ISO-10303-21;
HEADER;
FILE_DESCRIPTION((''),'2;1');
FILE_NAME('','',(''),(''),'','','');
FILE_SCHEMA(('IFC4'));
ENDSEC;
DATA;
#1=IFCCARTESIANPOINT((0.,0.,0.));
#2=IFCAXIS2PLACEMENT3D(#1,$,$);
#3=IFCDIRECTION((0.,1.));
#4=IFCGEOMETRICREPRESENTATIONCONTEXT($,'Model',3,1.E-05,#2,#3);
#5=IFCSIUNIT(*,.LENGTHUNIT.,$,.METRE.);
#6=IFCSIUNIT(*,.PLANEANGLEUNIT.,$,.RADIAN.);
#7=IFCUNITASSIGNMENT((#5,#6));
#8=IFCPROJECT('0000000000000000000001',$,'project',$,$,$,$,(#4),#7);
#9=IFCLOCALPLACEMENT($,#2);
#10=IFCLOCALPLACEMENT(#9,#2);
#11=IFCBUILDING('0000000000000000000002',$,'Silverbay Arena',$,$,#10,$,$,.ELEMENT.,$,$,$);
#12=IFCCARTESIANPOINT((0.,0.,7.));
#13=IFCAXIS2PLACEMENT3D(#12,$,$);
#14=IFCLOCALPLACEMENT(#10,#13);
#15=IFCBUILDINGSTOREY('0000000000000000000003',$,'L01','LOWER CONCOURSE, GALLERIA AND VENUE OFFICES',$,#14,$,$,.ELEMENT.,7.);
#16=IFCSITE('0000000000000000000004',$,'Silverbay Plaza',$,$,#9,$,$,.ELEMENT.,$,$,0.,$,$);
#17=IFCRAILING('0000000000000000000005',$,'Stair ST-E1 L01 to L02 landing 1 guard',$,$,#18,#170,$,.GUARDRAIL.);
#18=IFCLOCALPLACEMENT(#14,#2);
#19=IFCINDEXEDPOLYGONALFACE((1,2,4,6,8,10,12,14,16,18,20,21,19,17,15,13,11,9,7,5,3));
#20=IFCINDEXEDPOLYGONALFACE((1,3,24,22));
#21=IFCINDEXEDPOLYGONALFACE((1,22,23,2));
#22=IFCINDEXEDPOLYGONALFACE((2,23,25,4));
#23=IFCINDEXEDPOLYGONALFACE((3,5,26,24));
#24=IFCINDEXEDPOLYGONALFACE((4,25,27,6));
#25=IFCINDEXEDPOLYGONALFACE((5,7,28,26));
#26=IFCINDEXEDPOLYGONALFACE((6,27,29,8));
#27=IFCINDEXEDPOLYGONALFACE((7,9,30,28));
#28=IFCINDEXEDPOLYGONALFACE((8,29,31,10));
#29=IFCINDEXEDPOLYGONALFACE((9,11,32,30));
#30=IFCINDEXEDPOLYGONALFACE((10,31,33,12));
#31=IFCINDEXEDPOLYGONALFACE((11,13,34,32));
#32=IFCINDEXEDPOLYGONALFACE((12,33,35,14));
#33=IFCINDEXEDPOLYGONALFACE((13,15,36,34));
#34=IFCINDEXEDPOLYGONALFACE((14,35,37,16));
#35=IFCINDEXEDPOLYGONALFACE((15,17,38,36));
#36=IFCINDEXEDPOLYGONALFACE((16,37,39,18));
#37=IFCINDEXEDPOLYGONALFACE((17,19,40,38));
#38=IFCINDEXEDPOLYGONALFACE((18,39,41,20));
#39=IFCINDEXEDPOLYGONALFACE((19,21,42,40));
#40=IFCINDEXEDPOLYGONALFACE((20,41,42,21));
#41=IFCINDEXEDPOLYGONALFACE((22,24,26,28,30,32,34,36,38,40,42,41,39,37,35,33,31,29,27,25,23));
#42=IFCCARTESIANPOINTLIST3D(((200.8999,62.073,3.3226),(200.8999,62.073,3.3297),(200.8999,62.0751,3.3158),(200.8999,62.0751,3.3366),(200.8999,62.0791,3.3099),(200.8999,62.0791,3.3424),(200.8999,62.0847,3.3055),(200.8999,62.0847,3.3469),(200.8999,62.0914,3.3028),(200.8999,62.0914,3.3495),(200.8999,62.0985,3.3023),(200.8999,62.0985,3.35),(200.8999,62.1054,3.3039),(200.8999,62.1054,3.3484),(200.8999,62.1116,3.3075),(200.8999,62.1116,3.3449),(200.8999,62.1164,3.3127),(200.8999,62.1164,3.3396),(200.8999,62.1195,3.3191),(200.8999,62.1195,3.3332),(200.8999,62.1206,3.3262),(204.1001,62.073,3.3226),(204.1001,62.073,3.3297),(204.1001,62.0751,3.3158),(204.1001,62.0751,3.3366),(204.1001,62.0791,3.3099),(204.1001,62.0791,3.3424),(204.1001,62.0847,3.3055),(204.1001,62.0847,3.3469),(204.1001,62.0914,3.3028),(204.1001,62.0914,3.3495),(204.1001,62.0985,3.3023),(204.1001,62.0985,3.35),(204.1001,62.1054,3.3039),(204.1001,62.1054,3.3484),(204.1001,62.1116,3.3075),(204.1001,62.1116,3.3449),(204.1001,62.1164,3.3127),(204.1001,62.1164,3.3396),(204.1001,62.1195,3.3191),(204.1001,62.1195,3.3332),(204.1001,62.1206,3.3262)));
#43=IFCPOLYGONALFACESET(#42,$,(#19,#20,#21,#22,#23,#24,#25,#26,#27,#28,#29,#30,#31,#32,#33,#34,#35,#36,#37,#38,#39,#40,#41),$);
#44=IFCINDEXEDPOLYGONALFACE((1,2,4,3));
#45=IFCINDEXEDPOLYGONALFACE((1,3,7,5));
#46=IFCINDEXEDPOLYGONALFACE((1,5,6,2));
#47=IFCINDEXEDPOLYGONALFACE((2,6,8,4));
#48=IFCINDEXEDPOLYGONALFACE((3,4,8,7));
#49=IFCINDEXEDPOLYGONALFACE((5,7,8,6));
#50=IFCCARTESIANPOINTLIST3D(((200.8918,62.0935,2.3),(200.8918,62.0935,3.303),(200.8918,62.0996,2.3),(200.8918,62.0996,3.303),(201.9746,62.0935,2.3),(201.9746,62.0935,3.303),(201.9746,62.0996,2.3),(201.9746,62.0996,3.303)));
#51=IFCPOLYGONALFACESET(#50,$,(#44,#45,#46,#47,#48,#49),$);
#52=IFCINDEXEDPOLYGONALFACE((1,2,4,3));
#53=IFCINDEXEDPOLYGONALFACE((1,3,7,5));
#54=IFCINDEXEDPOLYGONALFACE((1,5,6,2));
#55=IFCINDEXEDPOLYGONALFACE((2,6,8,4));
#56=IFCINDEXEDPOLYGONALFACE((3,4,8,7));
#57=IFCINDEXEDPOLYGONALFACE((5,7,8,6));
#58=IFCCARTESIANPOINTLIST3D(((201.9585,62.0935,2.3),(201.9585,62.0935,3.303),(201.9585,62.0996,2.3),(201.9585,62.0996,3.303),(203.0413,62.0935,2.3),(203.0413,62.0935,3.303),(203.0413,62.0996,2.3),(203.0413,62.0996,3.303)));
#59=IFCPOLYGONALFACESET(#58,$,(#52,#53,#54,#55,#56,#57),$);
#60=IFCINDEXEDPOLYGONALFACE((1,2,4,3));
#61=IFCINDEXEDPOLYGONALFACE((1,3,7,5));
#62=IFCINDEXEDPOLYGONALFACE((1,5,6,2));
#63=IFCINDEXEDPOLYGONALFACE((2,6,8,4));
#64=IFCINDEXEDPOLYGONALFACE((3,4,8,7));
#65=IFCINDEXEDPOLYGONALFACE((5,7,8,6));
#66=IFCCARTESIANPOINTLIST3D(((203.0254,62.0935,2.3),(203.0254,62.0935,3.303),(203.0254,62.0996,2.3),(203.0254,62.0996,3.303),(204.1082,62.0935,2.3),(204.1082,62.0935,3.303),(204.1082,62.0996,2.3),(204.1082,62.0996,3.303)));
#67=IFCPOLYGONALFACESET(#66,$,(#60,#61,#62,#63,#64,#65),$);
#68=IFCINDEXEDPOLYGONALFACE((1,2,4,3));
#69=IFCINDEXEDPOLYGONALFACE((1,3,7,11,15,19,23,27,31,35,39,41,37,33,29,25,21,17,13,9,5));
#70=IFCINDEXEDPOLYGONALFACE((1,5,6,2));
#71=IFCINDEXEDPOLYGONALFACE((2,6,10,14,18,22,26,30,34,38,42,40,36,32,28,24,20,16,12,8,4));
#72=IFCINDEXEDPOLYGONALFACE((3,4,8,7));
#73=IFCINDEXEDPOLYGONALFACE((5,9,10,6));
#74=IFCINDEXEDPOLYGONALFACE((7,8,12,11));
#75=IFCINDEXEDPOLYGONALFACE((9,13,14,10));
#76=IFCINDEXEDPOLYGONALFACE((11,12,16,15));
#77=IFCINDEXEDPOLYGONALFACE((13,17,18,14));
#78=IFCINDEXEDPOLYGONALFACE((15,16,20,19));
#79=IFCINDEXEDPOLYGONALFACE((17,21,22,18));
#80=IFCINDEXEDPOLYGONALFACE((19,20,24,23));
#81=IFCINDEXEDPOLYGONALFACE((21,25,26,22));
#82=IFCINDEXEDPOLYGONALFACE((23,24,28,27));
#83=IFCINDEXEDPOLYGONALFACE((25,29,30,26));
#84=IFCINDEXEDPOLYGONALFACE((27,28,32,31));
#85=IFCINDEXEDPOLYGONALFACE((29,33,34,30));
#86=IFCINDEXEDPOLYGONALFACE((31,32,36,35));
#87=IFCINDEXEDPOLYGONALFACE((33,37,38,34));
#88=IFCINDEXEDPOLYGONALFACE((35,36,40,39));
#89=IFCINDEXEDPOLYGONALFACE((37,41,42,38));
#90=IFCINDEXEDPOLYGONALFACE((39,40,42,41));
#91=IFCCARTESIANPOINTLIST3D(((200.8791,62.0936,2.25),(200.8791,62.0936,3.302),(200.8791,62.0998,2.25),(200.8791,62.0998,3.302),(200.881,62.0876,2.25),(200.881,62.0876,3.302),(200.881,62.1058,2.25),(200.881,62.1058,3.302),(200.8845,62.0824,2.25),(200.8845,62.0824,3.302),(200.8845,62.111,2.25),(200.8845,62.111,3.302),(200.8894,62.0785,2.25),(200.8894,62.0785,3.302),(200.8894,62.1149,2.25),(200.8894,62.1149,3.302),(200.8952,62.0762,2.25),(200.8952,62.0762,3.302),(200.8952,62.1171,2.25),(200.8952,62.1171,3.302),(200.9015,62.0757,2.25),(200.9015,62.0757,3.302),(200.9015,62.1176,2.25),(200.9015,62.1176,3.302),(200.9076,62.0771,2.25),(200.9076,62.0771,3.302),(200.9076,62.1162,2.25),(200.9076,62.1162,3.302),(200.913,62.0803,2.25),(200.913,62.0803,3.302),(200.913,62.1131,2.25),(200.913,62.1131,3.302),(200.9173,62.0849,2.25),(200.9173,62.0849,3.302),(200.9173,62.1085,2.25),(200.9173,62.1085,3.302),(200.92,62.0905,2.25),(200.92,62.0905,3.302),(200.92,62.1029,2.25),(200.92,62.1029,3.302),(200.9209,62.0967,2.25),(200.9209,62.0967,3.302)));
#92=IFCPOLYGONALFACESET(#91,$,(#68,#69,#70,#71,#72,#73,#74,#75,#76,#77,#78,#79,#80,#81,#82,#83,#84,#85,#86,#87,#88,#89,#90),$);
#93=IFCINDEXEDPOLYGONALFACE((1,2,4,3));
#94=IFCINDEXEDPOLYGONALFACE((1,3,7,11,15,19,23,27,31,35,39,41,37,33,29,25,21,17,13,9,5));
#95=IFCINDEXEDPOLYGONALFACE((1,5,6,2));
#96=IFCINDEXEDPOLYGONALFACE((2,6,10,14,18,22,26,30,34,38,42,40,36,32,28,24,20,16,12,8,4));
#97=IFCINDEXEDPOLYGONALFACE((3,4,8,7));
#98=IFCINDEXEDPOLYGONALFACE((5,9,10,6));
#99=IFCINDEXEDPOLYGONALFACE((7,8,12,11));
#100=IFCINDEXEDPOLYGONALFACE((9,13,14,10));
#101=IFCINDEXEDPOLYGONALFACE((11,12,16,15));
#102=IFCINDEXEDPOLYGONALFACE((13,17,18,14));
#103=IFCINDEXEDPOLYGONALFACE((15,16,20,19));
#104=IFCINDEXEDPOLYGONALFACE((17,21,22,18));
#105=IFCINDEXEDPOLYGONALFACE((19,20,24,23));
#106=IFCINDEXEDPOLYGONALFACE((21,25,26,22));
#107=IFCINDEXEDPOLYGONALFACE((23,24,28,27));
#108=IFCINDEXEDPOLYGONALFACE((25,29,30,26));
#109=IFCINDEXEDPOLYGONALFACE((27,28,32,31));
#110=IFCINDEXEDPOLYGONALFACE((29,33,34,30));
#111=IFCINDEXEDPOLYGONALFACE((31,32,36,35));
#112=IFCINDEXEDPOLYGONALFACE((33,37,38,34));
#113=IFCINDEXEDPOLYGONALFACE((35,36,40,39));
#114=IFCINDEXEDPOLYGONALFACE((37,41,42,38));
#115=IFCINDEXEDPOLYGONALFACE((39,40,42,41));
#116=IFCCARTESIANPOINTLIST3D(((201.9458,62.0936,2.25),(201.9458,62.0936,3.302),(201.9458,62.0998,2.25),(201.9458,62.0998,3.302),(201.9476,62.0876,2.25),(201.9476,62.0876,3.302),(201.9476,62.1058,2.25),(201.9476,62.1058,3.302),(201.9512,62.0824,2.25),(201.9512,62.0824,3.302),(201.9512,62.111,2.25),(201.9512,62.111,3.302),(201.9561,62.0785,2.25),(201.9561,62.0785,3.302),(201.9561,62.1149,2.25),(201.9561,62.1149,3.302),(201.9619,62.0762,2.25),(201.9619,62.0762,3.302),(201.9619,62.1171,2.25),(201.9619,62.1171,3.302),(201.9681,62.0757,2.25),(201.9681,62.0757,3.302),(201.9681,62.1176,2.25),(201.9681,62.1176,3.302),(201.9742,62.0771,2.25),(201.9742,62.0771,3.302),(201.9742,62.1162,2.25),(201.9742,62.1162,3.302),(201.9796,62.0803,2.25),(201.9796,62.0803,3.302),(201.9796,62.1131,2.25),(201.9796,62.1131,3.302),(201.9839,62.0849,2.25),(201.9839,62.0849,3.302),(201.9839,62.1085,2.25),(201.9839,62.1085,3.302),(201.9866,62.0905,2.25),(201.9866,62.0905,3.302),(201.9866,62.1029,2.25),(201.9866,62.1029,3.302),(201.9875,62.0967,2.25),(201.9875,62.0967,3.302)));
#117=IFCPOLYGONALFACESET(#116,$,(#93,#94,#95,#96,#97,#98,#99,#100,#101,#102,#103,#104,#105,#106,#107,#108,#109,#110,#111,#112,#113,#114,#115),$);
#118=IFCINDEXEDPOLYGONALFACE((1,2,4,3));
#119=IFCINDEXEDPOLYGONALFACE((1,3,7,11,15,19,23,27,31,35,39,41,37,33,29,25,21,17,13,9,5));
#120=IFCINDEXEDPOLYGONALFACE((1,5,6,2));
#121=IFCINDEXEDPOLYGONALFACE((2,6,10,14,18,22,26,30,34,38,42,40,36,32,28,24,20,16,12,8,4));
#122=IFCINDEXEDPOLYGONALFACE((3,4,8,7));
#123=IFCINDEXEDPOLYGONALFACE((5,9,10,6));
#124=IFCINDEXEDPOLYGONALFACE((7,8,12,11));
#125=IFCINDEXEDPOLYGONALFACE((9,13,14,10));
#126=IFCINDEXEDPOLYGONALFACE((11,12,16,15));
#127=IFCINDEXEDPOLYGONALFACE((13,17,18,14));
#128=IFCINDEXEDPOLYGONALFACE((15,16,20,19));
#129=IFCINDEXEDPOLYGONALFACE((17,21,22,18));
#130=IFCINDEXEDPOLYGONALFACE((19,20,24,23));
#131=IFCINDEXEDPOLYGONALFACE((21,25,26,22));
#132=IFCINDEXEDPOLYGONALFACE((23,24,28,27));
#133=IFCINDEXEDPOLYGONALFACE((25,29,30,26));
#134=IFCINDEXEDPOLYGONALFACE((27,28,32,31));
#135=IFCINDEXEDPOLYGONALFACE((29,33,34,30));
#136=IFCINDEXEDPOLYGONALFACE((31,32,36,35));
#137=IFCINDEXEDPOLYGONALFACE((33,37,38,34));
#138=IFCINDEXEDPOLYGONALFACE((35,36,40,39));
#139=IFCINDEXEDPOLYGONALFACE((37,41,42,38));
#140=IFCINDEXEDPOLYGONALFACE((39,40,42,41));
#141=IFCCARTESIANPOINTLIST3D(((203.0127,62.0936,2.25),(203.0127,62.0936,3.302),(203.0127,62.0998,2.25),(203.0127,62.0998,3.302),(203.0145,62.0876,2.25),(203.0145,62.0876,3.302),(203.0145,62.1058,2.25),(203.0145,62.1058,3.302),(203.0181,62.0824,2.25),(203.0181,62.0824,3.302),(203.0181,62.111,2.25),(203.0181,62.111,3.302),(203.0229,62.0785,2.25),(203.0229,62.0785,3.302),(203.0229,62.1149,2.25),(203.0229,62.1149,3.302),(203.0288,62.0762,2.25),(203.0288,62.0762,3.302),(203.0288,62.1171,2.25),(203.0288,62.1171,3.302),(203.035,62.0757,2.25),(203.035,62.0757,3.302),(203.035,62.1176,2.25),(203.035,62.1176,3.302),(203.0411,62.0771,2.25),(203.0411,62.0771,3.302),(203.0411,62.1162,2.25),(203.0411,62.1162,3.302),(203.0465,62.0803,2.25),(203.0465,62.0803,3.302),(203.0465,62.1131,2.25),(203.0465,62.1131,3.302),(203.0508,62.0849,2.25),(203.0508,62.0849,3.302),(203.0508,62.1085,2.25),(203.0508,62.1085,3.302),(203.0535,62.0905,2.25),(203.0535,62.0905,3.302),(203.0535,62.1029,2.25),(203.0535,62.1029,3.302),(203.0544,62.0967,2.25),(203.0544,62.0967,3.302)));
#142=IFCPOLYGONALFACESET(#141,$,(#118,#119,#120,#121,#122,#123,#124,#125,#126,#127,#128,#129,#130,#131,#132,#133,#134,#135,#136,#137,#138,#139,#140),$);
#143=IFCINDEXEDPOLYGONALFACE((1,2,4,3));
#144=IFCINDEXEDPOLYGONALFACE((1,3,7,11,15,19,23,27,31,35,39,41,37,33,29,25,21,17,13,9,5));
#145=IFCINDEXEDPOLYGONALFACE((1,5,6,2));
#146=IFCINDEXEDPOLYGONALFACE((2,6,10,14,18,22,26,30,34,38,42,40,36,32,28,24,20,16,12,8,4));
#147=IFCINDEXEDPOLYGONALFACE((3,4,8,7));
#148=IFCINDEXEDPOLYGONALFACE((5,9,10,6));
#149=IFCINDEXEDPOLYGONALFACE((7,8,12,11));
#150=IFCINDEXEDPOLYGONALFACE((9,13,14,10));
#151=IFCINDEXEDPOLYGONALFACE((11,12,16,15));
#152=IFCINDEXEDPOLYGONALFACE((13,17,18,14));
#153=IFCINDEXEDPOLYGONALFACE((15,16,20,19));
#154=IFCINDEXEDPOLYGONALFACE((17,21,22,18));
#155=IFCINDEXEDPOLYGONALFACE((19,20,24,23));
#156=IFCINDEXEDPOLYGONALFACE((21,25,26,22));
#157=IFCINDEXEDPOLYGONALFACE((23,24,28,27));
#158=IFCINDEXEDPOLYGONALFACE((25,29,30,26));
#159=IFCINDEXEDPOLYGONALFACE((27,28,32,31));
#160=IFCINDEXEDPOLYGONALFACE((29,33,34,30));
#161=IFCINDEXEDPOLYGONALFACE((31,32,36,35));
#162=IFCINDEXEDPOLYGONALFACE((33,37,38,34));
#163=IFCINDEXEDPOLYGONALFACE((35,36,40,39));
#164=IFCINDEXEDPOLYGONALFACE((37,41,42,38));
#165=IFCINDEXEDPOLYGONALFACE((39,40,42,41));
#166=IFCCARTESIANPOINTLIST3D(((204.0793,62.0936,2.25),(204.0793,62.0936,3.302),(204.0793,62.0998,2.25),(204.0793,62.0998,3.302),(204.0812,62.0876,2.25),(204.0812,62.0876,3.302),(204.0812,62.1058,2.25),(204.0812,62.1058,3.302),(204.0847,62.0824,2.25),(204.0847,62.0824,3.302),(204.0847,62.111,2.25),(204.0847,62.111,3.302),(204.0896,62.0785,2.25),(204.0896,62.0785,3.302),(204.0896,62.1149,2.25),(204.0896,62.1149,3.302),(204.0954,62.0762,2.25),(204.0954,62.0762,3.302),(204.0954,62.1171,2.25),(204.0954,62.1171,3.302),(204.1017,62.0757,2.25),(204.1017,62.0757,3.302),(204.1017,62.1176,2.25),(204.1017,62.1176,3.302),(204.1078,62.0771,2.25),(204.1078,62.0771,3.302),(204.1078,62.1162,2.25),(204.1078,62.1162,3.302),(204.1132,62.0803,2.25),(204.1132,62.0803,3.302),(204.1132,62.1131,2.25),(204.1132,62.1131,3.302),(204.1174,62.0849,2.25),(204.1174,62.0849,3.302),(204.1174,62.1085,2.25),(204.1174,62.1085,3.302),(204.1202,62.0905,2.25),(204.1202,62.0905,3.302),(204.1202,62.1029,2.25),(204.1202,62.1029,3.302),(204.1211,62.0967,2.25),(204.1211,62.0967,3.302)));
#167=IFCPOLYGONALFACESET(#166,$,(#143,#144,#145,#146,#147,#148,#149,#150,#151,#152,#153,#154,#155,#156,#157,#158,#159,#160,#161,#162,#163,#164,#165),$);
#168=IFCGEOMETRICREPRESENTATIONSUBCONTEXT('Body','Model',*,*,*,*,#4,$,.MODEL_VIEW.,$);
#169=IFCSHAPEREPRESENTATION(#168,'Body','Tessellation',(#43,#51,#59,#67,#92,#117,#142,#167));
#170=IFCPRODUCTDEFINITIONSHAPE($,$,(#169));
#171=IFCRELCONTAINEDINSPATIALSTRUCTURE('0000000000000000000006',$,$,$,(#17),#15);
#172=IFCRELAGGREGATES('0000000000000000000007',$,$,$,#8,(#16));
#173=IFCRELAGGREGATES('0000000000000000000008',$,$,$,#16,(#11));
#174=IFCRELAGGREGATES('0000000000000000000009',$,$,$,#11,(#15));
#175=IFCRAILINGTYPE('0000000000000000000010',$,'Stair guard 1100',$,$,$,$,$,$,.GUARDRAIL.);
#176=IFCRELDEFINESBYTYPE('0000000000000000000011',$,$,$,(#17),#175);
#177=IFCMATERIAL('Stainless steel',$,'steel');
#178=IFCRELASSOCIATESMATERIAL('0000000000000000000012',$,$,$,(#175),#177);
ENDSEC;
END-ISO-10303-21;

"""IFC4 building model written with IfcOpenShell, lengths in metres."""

from ifc_helpers import new_model, si_unit, direction, frame, origin, origin_2d, place, context, subcontext, project, spatial, polyline, circle, outline, extrude, material, type_object, element, save


model = new_model("IFC4")

# Units and contexts
model_context = context("Model", 3, precision=1e-05, world=origin(), true_north=direction((0.0, 1.0)))
body_context = subcontext(model_context, "Body", "Model", "MODEL_VIEW")
ifc_project = project(units=[si_unit("LENGTHUNIT", "METRE"), si_unit("PLANEANGLEUNIT", "RADIAN")], contexts=[model_context])

# Site, building, storey
site_placement = place(None, origin())
site = spatial("IfcSite", under=ifc_project, at=site_placement, Name="Silverbay Plaza", CompositionType="ELEMENT", RefElevation=0.0)
building_placement = place(site_placement, origin())
building = spatial("IfcBuilding", under=site, at=building_placement, Name="Silverbay Arena", CompositionType="ELEMENT")
storey_placement = place(building_placement, frame((0.0, 0.0, 7.0)))
storey = spatial("IfcBuildingStorey", under=building, at=storey_placement, Name="L01", Description="LOWER CONCOURSE, GALLERIA AND VENUE OFFICES", CompositionType="ELEMENT", Elevation=7.0)

# Railing
ifc_material_1 = material(Name="Stainless steel", Category="steel")
railing_type_1 = type_object("IfcRailingType", Name="Stair guard 1100", PredefinedType="GUARDRAIL", material=ifc_material_1)
for number, where, name in (
    (1, (200.8999, 62.0967, 2.25), "Stair ST-E1 L01 to L02 landing 1 guard"),
):
    element("IfcRailing", number, at=place(storey_placement, frame(where)), inside=storey, type_object=railing_type_1, Name=name, PredefinedType="GUARDRAIL", context=body_context, shape_type="SweptSolid", body=[
        extrude(circle(Radius=0.0239, at=origin_2d()), frame((0.0, 0.0, 1.0762), z_axis=(1.0, 0.0, 0.0), x_axis=(0.0, 1.0, 0.0)), (0.0, 0.0, 1.0), 3.2002),
        extrude(outline(polyline([(-0.0081, 0.05), (1.0747, 0.05), (1.0747, 1.053), (-0.0081, 1.053), (-0.0081, 0.05)])), frame((0.0, 0.0029, 0.0), z_axis=(0.0, -1.0, 0.0), x_axis=(1.0, 0.0, 0.0)), (0.0, 0.0, 1.0), 0.0061),
        extrude(outline(polyline([(-0.0081, 0.05), (1.0747, 0.05), (1.0747, 1.053), (-0.0081, 1.053), (-0.0081, 0.05)])), frame((1.0667, 0.0029, 0.0), z_axis=(0.0, -1.0, 0.0), x_axis=(1.0, 0.0, 0.0)), (0.0, 0.0, 1.0), 0.0061),
        extrude(outline(polyline([(-0.0081, 0.05), (1.0747, 0.05), (1.0747, 1.053), (-0.0081, 1.053), (-0.0081, 0.05)])), frame((2.1335, 0.0029, 0.0), z_axis=(0.0, -1.0, 0.0), x_axis=(1.0, 0.0, 0.0)), (0.0, 0.0, 1.0), 0.0061),
        extrude(circle(Radius=0.021, at=origin_2d()), origin(), (0.0, 0.0, 1.0), 1.052),
        extrude(circle(Radius=0.021, at=origin_2d()), frame((1.0667, 0.0, 0.0)), (0.0, 0.0, 1.0), 1.052),
        extrude(circle(Radius=0.021, at=origin_2d()), frame((2.1335, 0.0, 0.0)), (0.0, 0.0, 1.0), 1.052),
        extrude(circle(Radius=0.021, at=origin_2d()), frame((3.2002, 0.0, 0.0)), (0.0, 0.0, 1.0), 1.052),
    ])

save(model, "model.ifc")
